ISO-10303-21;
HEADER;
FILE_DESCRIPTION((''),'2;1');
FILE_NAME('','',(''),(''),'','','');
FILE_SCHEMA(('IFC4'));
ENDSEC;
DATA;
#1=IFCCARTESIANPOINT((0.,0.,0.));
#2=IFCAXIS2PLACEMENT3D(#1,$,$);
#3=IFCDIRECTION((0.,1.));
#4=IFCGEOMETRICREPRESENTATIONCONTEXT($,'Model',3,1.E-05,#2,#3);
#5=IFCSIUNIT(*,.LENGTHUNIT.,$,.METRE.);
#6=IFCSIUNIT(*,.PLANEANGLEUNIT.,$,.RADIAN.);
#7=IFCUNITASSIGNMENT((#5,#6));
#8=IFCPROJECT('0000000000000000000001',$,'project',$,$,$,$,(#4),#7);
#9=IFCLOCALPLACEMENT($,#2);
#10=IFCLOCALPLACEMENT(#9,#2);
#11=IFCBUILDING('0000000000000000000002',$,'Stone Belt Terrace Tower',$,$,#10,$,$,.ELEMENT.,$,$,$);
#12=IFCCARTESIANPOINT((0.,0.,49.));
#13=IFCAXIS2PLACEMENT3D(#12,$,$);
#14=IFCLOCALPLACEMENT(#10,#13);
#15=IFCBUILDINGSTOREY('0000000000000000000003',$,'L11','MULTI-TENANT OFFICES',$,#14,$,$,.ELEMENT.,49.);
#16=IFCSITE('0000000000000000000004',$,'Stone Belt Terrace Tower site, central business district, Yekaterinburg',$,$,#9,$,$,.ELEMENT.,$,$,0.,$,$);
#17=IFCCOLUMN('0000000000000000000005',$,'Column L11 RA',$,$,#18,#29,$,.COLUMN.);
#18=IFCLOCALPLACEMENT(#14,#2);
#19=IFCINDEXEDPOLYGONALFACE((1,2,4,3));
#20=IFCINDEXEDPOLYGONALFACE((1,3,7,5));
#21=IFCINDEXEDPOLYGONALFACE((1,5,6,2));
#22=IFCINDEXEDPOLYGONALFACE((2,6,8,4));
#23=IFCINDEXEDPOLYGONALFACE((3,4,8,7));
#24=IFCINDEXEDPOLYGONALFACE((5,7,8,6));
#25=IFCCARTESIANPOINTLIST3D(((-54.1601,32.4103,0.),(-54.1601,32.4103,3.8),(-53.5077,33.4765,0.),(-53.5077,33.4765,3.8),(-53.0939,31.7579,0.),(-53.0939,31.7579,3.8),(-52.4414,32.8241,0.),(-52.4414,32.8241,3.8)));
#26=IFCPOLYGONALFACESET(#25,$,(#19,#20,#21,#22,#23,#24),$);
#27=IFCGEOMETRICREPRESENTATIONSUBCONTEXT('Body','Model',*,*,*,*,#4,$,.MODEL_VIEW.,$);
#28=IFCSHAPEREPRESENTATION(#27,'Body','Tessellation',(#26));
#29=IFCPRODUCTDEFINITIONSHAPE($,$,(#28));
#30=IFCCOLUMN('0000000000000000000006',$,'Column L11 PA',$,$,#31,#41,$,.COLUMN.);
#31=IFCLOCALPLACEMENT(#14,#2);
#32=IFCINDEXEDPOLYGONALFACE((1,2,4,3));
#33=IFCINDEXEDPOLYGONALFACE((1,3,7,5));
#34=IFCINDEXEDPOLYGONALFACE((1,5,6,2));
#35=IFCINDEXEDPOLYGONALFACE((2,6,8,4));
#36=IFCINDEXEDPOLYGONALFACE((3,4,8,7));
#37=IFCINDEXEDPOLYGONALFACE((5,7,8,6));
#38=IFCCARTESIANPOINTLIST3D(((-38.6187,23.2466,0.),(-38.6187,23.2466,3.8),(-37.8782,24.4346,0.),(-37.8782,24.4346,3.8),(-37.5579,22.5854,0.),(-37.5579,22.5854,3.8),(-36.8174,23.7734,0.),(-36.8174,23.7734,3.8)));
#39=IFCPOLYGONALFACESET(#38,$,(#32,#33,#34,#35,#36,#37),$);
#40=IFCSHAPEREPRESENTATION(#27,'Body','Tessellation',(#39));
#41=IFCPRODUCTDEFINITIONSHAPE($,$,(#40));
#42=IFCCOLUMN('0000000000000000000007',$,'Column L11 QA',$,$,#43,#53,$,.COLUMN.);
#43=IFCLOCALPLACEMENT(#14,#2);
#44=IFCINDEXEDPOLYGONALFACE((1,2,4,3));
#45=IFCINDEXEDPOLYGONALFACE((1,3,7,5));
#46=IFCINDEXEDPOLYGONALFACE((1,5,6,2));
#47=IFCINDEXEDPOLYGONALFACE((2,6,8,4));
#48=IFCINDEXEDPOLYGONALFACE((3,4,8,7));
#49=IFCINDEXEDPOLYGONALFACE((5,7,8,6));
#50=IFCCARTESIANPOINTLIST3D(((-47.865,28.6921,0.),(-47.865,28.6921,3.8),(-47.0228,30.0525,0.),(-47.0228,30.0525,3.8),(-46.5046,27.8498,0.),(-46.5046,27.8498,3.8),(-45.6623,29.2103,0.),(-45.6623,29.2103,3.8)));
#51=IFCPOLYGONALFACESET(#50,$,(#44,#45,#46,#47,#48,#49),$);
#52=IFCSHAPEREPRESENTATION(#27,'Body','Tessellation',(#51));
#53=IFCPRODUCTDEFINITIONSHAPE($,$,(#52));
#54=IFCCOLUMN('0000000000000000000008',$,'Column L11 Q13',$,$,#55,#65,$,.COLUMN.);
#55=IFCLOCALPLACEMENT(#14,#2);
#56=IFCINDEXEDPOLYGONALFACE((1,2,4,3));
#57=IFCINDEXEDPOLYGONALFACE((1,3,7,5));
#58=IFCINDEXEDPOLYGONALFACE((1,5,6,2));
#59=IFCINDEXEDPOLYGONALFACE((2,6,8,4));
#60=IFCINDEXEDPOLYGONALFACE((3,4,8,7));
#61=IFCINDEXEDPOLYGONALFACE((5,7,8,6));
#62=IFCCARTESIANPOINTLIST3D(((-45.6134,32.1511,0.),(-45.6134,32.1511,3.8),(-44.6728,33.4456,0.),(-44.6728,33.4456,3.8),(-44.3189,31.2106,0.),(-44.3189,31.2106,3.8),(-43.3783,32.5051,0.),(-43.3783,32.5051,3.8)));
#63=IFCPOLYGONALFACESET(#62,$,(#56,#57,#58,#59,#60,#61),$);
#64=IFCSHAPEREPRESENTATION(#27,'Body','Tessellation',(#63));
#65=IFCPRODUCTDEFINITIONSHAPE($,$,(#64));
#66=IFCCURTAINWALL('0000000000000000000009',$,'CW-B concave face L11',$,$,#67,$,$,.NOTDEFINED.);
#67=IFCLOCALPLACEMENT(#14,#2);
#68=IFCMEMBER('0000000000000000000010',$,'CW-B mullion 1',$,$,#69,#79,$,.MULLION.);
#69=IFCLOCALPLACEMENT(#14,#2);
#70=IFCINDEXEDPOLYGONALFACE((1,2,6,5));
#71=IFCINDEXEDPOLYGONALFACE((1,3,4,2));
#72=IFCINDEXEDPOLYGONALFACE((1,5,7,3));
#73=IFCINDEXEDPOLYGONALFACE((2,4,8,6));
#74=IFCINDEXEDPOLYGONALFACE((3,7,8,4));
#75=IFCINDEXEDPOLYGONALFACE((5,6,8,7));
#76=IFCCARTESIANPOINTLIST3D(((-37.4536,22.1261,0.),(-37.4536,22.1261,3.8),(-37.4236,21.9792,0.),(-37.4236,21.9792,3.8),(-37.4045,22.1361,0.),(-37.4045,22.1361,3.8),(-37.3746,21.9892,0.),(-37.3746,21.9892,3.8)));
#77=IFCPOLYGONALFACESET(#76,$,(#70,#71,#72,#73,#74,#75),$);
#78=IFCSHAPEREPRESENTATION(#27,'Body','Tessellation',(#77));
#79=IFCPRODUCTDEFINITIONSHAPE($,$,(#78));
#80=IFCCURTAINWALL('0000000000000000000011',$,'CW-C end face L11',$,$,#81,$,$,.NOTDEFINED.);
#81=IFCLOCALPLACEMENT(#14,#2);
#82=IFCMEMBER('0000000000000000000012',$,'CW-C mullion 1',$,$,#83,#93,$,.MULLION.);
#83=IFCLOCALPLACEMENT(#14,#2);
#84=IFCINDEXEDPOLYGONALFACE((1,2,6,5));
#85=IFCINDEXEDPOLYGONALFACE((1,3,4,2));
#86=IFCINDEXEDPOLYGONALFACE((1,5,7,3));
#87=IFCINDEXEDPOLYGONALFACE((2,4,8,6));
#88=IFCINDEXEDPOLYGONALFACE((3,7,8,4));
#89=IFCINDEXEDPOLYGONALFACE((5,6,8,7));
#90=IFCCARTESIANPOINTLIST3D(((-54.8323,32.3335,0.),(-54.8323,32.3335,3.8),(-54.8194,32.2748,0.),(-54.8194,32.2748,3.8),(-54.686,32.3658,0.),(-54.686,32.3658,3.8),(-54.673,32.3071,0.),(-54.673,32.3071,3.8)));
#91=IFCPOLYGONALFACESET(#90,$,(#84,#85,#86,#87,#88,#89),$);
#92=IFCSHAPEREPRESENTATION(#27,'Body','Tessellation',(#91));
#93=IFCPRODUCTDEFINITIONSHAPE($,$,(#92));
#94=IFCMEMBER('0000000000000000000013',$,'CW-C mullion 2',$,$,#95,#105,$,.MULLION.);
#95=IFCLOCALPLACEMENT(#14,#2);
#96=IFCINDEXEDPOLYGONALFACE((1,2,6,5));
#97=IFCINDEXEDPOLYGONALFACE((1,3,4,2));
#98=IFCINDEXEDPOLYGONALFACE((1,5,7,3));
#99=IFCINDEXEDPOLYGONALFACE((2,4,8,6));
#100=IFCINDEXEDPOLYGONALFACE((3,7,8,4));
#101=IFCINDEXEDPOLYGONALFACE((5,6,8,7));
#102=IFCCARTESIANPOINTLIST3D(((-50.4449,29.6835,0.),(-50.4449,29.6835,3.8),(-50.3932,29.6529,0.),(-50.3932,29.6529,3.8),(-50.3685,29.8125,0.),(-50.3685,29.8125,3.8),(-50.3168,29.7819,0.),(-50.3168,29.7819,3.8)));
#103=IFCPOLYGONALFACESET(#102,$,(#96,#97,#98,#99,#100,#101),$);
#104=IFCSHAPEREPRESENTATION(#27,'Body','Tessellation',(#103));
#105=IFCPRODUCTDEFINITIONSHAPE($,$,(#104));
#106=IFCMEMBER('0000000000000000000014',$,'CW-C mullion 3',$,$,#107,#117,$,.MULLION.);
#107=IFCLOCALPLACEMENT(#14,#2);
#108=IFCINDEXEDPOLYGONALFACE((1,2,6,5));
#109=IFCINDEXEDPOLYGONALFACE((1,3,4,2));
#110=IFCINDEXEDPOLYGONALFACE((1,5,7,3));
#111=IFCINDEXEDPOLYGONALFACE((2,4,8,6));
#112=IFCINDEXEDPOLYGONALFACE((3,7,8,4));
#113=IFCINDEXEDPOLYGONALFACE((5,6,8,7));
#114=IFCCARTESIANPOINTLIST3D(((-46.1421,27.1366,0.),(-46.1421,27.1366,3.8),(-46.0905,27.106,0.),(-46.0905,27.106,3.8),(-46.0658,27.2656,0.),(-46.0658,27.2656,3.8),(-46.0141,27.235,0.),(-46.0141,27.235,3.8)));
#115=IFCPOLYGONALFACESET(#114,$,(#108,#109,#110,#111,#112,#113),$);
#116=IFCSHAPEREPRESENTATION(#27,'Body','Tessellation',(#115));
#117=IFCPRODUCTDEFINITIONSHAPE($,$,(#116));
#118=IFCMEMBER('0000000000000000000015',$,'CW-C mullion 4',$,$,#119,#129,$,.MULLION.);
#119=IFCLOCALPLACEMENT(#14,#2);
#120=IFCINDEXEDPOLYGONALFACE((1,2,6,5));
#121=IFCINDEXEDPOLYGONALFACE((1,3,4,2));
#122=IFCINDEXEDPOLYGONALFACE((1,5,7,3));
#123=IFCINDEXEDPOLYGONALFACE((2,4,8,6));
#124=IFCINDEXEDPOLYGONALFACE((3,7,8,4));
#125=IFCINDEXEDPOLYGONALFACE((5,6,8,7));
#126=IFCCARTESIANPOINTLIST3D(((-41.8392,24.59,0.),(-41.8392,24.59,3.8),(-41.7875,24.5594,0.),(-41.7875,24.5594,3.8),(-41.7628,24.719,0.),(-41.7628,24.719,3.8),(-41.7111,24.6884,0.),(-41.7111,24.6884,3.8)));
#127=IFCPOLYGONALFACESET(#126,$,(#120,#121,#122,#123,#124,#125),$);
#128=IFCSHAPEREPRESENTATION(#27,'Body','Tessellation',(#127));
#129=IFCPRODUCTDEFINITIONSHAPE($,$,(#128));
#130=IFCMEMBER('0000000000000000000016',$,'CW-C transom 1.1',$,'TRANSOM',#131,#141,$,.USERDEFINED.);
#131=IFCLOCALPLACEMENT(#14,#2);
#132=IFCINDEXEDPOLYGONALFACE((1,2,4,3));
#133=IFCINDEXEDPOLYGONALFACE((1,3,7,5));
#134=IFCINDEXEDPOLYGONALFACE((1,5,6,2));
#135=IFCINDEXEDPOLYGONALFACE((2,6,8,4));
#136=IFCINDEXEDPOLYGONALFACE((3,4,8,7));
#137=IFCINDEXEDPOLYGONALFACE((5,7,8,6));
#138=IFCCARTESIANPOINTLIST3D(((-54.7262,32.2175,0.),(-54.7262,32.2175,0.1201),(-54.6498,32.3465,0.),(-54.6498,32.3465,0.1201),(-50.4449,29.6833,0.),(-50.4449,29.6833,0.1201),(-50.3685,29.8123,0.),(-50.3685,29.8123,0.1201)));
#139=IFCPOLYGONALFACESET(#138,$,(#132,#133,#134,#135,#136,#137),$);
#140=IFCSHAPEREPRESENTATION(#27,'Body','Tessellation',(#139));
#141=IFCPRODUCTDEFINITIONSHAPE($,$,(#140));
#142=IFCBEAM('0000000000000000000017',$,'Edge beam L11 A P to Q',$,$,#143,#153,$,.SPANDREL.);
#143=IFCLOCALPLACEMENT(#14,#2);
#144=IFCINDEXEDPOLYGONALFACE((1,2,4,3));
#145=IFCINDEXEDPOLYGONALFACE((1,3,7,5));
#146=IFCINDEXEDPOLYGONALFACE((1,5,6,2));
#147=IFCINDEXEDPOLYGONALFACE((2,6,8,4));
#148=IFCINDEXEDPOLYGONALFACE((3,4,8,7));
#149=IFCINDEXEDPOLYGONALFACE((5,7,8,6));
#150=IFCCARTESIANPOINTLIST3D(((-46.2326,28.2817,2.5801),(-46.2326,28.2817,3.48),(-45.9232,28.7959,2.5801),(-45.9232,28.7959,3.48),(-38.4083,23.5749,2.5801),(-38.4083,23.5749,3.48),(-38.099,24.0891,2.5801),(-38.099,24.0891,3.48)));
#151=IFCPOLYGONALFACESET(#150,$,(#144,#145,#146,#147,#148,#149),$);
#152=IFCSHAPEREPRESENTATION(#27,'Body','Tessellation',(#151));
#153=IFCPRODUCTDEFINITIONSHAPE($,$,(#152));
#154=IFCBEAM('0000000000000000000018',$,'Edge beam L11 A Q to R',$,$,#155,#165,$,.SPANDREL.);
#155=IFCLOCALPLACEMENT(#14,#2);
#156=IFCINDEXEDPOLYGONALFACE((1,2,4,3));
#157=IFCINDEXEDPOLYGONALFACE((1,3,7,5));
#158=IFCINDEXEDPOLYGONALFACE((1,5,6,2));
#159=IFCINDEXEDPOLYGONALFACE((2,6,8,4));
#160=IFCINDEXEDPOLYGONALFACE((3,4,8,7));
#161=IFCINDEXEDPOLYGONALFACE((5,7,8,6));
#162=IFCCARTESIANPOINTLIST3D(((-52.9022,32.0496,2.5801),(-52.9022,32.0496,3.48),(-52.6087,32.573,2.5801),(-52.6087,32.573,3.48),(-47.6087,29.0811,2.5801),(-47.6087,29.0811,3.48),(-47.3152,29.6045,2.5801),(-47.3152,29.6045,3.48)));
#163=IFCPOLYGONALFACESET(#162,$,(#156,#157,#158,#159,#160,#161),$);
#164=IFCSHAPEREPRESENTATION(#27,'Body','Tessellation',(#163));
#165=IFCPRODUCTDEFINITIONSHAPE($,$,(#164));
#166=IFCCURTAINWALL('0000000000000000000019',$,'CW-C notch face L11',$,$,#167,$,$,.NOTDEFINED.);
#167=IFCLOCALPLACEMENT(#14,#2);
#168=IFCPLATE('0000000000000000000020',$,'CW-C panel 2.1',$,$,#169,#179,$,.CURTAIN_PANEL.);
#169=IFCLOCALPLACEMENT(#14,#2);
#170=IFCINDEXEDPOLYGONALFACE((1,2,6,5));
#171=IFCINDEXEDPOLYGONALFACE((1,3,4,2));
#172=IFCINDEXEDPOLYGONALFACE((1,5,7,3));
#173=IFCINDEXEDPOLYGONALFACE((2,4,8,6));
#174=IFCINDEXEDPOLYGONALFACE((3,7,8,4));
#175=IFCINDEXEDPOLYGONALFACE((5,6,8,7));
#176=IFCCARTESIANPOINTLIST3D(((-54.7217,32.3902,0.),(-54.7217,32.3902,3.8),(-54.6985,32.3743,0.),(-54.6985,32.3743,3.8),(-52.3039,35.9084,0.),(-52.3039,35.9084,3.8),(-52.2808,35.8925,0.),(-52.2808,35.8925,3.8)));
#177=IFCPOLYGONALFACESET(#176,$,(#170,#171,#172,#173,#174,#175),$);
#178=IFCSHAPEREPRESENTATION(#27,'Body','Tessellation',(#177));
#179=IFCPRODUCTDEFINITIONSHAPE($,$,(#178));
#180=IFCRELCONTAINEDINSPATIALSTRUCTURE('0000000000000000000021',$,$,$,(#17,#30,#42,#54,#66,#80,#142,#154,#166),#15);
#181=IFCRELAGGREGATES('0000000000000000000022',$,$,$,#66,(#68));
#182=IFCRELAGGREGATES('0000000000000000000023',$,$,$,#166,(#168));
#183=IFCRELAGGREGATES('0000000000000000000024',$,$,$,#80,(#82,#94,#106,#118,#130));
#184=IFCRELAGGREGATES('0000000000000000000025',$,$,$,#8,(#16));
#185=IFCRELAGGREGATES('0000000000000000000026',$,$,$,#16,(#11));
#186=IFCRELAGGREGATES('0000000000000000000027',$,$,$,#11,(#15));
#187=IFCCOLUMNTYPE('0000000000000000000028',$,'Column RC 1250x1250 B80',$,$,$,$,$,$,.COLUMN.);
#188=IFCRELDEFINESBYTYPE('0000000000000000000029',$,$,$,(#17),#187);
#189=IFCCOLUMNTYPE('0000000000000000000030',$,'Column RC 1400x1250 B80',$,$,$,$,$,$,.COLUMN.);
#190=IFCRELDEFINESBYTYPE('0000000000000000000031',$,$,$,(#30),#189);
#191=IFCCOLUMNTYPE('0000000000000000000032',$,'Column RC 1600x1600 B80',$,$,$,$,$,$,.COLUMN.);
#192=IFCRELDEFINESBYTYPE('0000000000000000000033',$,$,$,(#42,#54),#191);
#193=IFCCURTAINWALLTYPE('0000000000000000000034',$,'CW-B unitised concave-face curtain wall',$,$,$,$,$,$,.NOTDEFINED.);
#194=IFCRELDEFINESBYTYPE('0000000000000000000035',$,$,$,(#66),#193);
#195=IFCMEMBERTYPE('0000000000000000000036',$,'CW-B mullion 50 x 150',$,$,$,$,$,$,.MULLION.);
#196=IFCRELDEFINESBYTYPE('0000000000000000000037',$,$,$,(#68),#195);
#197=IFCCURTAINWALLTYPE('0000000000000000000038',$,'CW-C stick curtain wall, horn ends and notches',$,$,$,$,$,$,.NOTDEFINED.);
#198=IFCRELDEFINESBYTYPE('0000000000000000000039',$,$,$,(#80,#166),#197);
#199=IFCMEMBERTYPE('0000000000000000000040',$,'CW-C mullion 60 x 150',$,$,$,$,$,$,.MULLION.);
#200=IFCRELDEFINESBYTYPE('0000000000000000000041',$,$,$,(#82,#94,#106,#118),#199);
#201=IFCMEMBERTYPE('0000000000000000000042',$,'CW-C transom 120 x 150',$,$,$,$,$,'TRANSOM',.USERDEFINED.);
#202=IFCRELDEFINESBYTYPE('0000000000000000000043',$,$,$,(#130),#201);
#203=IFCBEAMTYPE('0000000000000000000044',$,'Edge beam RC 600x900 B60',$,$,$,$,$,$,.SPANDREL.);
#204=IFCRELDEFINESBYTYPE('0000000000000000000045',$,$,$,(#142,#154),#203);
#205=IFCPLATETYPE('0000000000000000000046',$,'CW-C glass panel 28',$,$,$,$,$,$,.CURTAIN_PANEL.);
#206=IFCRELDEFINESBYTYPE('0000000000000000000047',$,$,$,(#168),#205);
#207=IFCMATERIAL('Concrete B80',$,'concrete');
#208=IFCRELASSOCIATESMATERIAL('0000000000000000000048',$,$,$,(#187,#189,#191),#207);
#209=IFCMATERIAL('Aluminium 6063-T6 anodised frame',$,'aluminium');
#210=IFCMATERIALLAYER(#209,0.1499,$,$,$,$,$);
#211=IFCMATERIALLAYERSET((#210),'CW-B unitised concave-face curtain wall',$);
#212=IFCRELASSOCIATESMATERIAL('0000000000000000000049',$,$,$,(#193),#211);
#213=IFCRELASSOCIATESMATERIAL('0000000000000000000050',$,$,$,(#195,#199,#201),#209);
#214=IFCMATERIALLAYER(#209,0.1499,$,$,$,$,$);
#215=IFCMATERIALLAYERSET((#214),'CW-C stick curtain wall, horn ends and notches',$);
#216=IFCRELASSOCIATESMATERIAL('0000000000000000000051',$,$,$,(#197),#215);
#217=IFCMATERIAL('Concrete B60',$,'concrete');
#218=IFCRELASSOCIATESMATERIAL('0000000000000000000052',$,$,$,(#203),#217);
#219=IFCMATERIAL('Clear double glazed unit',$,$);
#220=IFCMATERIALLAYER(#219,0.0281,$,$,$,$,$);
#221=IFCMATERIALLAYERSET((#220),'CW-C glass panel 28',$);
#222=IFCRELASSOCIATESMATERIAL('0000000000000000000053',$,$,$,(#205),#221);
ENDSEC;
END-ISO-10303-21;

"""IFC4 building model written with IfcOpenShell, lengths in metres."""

from ifc_helpers import new_model, si_unit, direction, frame, origin, origin_2d, place, context, subcontext, project, spatial, rectangle, extrude, material, layer, layer_set, material_profile, profile_set, type_object, element, aggregate, save


model = new_model("IFC4")

# Units and contexts
model_context = context("Model", 3, precision=1e-05, world=origin(), true_north=direction((0.0, 1.0)))
body_context = subcontext(model_context, "Body", "Model", "MODEL_VIEW")
ifc_project = project(units=[si_unit("LENGTHUNIT", "METRE"), si_unit("PLANEANGLEUNIT", "RADIAN")], contexts=[model_context])

# Site, building, storey
site_placement = place(None, origin())
site = spatial("IfcSite", under=ifc_project, at=site_placement, Name="Stone Belt Terrace Tower site, central business district, Yekaterinburg", CompositionType="ELEMENT", RefElevation=0.0)
building_placement = place(site_placement, origin())
building = spatial("IfcBuilding", under=site, at=building_placement, Name="Stone Belt Terrace Tower", CompositionType="ELEMENT")
storey_placement = place(building_placement, frame((0.0, 0.0, 49.0)))
storey = spatial("IfcBuildingStorey", under=building, at=storey_placement, Name="L11", Description="MULTI-TENANT OFFICES", CompositionType="ELEMENT", Elevation=49.0)

# Columns
ifc_material_1 = material(Name="Concrete B80", Category="concrete")
ifc_material_profile_1 = material_profile(ifc_material_1, rectangle(XDim=1.25, YDim=1.25, at=origin_2d()), Name="RC 1250x1250")
ifc_profile_set_1 = profile_set([ifc_material_profile_1], Name="Concrete B80")
column_type_1 = type_object("IfcColumnType", Name="Column RC 1250x1250 B80", PredefinedType="COLUMN", material=ifc_profile_set_1)
column_1_placement = place(storey_placement, frame((-53.3008, 32.6172, 0.0), z_axis=(0.0, 0.0, 1.0), x_axis=(0.521967, 0.852966, 0.0)))
element("IfcColumn", 1, at=column_1_placement, inside=storey, type_object=column_type_1, Name="Column L11 RA", PredefinedType="COLUMN", context=body_context, shape_type="SweptSolid", body=[
    extrude(rectangle(XDim=1.25, YDim=1.25, at=origin_2d()), origin(), (0.0, 0.0, 1.0), 3.8),
])
ifc_material_profile_2 = material_profile(ifc_material_1, rectangle(XDim=1.3999, YDim=1.25, at=origin_2d()), Name="RC 1400x1250")
ifc_profile_set_2 = profile_set([ifc_material_profile_2], Name="Concrete B80")
column_type_2 = type_object("IfcColumnType", Name="Column RC 1400x1250 B80", PredefinedType="COLUMN", material=ifc_profile_set_2)
column_2_placement = place(storey_placement, frame((-37.718, 23.51, 0.0), z_axis=(0.0, 0.0, 1.0), x_axis=(0.528967, 0.848642, 0.0)))
element("IfcColumn", 2, at=column_2_placement, inside=storey, type_object=column_type_2, Name="Column L11 PA", PredefinedType="COLUMN", context=body_context, shape_type="SweptSolid", body=[
    extrude(rectangle(XDim=1.3999, YDim=1.25, at=origin_2d()), origin(), (0.0, 0.0, 1.0), 3.8),
])
ifc_material_profile_3 = material_profile(ifc_material_1, rectangle(XDim=1.6001, YDim=1.6001, at=origin_2d()), Name="RC 1600x1600")
ifc_profile_set_3 = profile_set([ifc_material_profile_3], Name="Concrete B80")
column_type_3 = type_object("IfcColumnType", Name="Column RC 1600x1600 B80", PredefinedType="COLUMN", material=ifc_profile_set_3)
for number, where, z_axis, x_axis, name in (
    (3, (-46.7637, 28.9512, 0.0), (0.0, 0.0, 1.0), (0.526383, 0.850248, 0.0), "Column L11 QA"),
    (4, (-44.4958, 32.3281, 0.0), (0.0, 0.0, 1.0), (0.587785, 0.809017, 0.0), "Column L11 Q13"),
):
    element("IfcColumn", number, at=place(storey_placement, frame(where, z_axis=z_axis, x_axis=x_axis)), inside=storey, type_object=column_type_3, Name=name, PredefinedType="COLUMN", context=body_context, shape_type="SweptSolid", body=[
        extrude(rectangle(XDim=1.6001, YDim=1.6001, at=origin_2d()), origin(), (0.0, 0.0, 1.0), 3.8),
    ])

# Curtain wall, member
ifc_material_2 = material(Name="Aluminium 6063-T6 anodised frame", Category="aluminium")
ifc_layer_1 = layer(ifc_material_2, 0.1499)
ifc_layer_set_1 = layer_set([ifc_layer_1], Name="CW-B unitised concave-face curtain wall")
curtain_wall_type_1 = type_object("IfcCurtainWallType", Name="CW-B unitised concave-face curtain wall", PredefinedType="NOTDEFINED", material=ifc_layer_set_1)
curtain_wall_1_placement = place(storey_placement, origin())
curtain_wall_1 = element("IfcCurtainWall", 5, at=curtain_wall_1_placement, inside=storey, type_object=curtain_wall_type_1, Name="CW-B concave face L11", PredefinedType="NOTDEFINED")
ifc_material_profile_4 = material_profile(ifc_material_2, rectangle(XDim=0.1499, YDim=0.05, at=origin_2d()), Name="Aluminium 6063-T6 50x150")
ifc_profile_set_4 = profile_set([ifc_material_profile_4], Name="Aluminium 6063-T6 anodised frame")
member_type_1 = type_object("IfcMemberType", Name="CW-B mullion 50 x 150", PredefinedType="MULLION", material=ifc_profile_set_4)
member_1_placement = place(storey_placement, frame((-37.4141, 22.0576, 0.0), z_axis=(0.0, 0.0, 1.0), x_axis=(-0.199957, 0.979805, 0.0)))
member_1 = element("IfcMember", 6, at=member_1_placement, type_object=member_type_1, Name="CW-B mullion 1", PredefinedType="MULLION", context=body_context, shape_type="SweptSolid", body=[
    extrude(rectangle(XDim=0.1499, YDim=0.05, at=origin_2d()), origin(), (0.0, 0.0, 1.0), 3.8),
])
aggregate(curtain_wall_1, [member_1])

# Curtain wall, members
ifc_layer_2 = layer(ifc_material_2, 0.1499)
ifc_layer_set_2 = layer_set([ifc_layer_2], Name="CW-C stick curtain wall, horn ends and notches")
curtain_wall_type_2 = type_object("IfcCurtainWallType", Name="CW-C stick curtain wall, horn ends and notches", PredefinedType="NOTDEFINED", material=ifc_layer_set_2)
curtain_wall_2_placement = place(storey_placement, origin())
curtain_wall_2 = element("IfcCurtainWall", 7, at=curtain_wall_2_placement, inside=storey, type_object=curtain_wall_type_2, Name="CW-C end face L11", PredefinedType="NOTDEFINED")
ifc_material_profile_5 = material_profile(ifc_material_2, rectangle(XDim=0.1499, YDim=0.0601, at=origin_2d()), Name="Aluminium 6063-T6 60x150")
ifc_profile_set_5 = profile_set([ifc_material_profile_5], Name="Aluminium 6063-T6 anodised frame")
member_type_2 = type_object("IfcMemberType", Name="CW-C mullion 60 x 150", PredefinedType="MULLION", material=ifc_profile_set_5)
member_2_placement = place(storey_placement, frame((-54.7527, 32.3203, 0.0), z_axis=(0.0, 0.0, 1.0), x_axis=(0.97652, 0.215429, 0.0)))
member_2 = element("IfcMember", 8, at=member_2_placement, type_object=member_type_2, Name="CW-C mullion 1", PredefinedType="MULLION", context=body_context, shape_type="SweptSolid", body=[
    extrude(rectangle(XDim=0.1499, YDim=0.0601, at=origin_2d()), origin(), (0.0, 0.0, 1.0), 3.8),
])
member_3_placement = place(storey_placement, frame((-50.3809, 29.7327, 0.0), z_axis=(0.0, 0.0, 1.0), x_axis=(0.509353, 0.860558, 0.0)))
member_3 = element("IfcMember", 9, at=member_3_placement, type_object=member_type_2, Name="CW-C mullion 2", PredefinedType="MULLION", context=body_context, shape_type="SweptSolid", body=[
    extrude(rectangle(XDim=0.1499, YDim=0.0601, at=origin_2d()), origin(), (0.0, 0.0, 1.0), 3.8),
])
member_4_placement = place(storey_placement, frame((-46.0781, 27.1858, 0.0), z_axis=(0.0, 0.0, 1.0), x_axis=(0.509353, 0.860558, 0.0)))
member_4 = element("IfcMember", 10, at=member_4_placement, type_object=member_type_2, Name="CW-C mullion 3", PredefinedType="MULLION", context=body_context, shape_type="SweptSolid", body=[
    extrude(rectangle(XDim=0.1499, YDim=0.0601, at=origin_2d()), origin(), (0.0, 0.0, 1.0), 3.8),
])
member_5_placement = place(storey_placement, frame((-41.7751, 24.6392, 0.0), z_axis=(0.0, 0.0, 1.0), x_axis=(0.509353, 0.860558, 0.0)))
member_5 = element("IfcMember", 11, at=member_5_placement, type_object=member_type_2, Name="CW-C mullion 4", PredefinedType="MULLION", context=body_context, shape_type="SweptSolid", body=[
    extrude(rectangle(XDim=0.1499, YDim=0.0601, at=origin_2d()), origin(), (0.0, 0.0, 1.0), 3.8),
])
ifc_material_profile_6 = material_profile(ifc_material_2, rectangle(XDim=0.1499, YDim=0.1201, at=origin_2d()), Name="Aluminium 6063-T6 150x120")
ifc_profile_set_6 = profile_set([ifc_material_profile_6], Name="Aluminium 6063-T6 anodised frame")
member_type_3 = type_object("IfcMemberType", Name="CW-C transom 120 x 150", ElementType="TRANSOM", PredefinedType="USERDEFINED", material=ifc_profile_set_6)
member_6_placement = place(storey_placement, frame((-54.688, 32.282, 0.0601), z_axis=(0.860543, -0.509377, 0.0), x_axis=(0.509377, 0.860543, 0.0)))
member_6 = element("IfcMember", 12, at=member_6_placement, type_object=member_type_3, Name="CW-C transom 1.1", ObjectType="TRANSOM", PredefinedType="USERDEFINED", context=body_context, shape_type="SweptSolid", body=[
    extrude(rectangle(XDim=0.1499, YDim=0.1201, at=origin_2d()), origin(), (0.0, 0.0, 1.0), 4.9751),
])

# Beams
ifc_material_3 = material(Name="Concrete B60", Category="concrete")
ifc_material_profile_7 = material_profile(ifc_material_3, rectangle(XDim=0.6001, YDim=0.8999, at=origin_2d()), Name="RC 600x900")
ifc_profile_set_7 = profile_set([ifc_material_profile_7], Name="Concrete B60")
beam_type = type_object("IfcBeamType", Name="Edge beam RC 600x900 B60", PredefinedType="SPANDREL", material=ifc_profile_set_7)
beam_1_placement = place(storey_placement, frame((-38.2537, 23.832, 3.03), z_axis=(-0.8569, 0.515482, 0.0), x_axis=(-0.515482, -0.8569, 0.0)))
element("IfcBeam", 13, at=beam_1_placement, inside=storey, type_object=beam_type, Name="Edge beam L11 A P to Q", PredefinedType="SPANDREL", context=body_context, shape_type="SweptSolid", body=[
    extrude(rectangle(XDim=0.6001, YDim=0.8999, at=origin_2d()), origin(), (0.0, 0.0, 1.0), 9.1309),
])
beam_2_placement = place(storey_placement, frame((-47.4619, 29.3428, 3.03), z_axis=(-0.872213, 0.489126, 0.0), x_axis=(-0.489126, -0.872213, 0.0)))
element("IfcBeam", 14, at=beam_2_placement, inside=storey, type_object=beam_type, Name="Edge beam L11 A Q to R", PredefinedType="SPANDREL", context=body_context, shape_type="SweptSolid", body=[
    extrude(rectangle(XDim=0.6001, YDim=0.8999, at=origin_2d()), origin(), (0.0, 0.0, 1.0), 6.0691),
])

# Curtain wall, plate
curtain_wall_3_placement = place(storey_placement, origin())
curtain_wall_3 = element("IfcCurtainWall", 15, at=curtain_wall_3_placement, inside=storey, type_object=curtain_wall_type_2, Name="CW-C notch face L11", PredefinedType="NOTDEFINED")
ifc_material_4 = material(Name="Clear double glazed unit")
ifc_layer_3 = layer(ifc_material_4, 0.0281)
ifc_layer_set_3 = layer_set([ifc_layer_3], Name="CW-C glass panel 28")
plate_type = type_object("IfcPlateType", Name="CW-C glass panel 28", PredefinedType="CURTAIN_PANEL", material=ifc_layer_set_3)
plate_1_placement = place(storey_placement, frame((-53.5012, 34.1414, 0.0), z_axis=(0.0, 0.0, 1.0), x_axis=(-0.566376, -0.824147, 0.0)))
plate_1 = element("IfcPlate", 16, at=plate_1_placement, type_object=plate_type, Name="CW-C panel 2.1", PredefinedType="CURTAIN_PANEL", context=body_context, shape_type="SweptSolid", body=[
    extrude(rectangle(XDim=4.2688, YDim=0.0281, at=origin_2d()), origin(), (0.0, 0.0, 1.0), 3.8),
])
aggregate(curtain_wall_3, [plate_1])

aggregate(curtain_wall_2, [member_2, member_3, member_4, member_5, member_6])

save(model, "model.ifc")
